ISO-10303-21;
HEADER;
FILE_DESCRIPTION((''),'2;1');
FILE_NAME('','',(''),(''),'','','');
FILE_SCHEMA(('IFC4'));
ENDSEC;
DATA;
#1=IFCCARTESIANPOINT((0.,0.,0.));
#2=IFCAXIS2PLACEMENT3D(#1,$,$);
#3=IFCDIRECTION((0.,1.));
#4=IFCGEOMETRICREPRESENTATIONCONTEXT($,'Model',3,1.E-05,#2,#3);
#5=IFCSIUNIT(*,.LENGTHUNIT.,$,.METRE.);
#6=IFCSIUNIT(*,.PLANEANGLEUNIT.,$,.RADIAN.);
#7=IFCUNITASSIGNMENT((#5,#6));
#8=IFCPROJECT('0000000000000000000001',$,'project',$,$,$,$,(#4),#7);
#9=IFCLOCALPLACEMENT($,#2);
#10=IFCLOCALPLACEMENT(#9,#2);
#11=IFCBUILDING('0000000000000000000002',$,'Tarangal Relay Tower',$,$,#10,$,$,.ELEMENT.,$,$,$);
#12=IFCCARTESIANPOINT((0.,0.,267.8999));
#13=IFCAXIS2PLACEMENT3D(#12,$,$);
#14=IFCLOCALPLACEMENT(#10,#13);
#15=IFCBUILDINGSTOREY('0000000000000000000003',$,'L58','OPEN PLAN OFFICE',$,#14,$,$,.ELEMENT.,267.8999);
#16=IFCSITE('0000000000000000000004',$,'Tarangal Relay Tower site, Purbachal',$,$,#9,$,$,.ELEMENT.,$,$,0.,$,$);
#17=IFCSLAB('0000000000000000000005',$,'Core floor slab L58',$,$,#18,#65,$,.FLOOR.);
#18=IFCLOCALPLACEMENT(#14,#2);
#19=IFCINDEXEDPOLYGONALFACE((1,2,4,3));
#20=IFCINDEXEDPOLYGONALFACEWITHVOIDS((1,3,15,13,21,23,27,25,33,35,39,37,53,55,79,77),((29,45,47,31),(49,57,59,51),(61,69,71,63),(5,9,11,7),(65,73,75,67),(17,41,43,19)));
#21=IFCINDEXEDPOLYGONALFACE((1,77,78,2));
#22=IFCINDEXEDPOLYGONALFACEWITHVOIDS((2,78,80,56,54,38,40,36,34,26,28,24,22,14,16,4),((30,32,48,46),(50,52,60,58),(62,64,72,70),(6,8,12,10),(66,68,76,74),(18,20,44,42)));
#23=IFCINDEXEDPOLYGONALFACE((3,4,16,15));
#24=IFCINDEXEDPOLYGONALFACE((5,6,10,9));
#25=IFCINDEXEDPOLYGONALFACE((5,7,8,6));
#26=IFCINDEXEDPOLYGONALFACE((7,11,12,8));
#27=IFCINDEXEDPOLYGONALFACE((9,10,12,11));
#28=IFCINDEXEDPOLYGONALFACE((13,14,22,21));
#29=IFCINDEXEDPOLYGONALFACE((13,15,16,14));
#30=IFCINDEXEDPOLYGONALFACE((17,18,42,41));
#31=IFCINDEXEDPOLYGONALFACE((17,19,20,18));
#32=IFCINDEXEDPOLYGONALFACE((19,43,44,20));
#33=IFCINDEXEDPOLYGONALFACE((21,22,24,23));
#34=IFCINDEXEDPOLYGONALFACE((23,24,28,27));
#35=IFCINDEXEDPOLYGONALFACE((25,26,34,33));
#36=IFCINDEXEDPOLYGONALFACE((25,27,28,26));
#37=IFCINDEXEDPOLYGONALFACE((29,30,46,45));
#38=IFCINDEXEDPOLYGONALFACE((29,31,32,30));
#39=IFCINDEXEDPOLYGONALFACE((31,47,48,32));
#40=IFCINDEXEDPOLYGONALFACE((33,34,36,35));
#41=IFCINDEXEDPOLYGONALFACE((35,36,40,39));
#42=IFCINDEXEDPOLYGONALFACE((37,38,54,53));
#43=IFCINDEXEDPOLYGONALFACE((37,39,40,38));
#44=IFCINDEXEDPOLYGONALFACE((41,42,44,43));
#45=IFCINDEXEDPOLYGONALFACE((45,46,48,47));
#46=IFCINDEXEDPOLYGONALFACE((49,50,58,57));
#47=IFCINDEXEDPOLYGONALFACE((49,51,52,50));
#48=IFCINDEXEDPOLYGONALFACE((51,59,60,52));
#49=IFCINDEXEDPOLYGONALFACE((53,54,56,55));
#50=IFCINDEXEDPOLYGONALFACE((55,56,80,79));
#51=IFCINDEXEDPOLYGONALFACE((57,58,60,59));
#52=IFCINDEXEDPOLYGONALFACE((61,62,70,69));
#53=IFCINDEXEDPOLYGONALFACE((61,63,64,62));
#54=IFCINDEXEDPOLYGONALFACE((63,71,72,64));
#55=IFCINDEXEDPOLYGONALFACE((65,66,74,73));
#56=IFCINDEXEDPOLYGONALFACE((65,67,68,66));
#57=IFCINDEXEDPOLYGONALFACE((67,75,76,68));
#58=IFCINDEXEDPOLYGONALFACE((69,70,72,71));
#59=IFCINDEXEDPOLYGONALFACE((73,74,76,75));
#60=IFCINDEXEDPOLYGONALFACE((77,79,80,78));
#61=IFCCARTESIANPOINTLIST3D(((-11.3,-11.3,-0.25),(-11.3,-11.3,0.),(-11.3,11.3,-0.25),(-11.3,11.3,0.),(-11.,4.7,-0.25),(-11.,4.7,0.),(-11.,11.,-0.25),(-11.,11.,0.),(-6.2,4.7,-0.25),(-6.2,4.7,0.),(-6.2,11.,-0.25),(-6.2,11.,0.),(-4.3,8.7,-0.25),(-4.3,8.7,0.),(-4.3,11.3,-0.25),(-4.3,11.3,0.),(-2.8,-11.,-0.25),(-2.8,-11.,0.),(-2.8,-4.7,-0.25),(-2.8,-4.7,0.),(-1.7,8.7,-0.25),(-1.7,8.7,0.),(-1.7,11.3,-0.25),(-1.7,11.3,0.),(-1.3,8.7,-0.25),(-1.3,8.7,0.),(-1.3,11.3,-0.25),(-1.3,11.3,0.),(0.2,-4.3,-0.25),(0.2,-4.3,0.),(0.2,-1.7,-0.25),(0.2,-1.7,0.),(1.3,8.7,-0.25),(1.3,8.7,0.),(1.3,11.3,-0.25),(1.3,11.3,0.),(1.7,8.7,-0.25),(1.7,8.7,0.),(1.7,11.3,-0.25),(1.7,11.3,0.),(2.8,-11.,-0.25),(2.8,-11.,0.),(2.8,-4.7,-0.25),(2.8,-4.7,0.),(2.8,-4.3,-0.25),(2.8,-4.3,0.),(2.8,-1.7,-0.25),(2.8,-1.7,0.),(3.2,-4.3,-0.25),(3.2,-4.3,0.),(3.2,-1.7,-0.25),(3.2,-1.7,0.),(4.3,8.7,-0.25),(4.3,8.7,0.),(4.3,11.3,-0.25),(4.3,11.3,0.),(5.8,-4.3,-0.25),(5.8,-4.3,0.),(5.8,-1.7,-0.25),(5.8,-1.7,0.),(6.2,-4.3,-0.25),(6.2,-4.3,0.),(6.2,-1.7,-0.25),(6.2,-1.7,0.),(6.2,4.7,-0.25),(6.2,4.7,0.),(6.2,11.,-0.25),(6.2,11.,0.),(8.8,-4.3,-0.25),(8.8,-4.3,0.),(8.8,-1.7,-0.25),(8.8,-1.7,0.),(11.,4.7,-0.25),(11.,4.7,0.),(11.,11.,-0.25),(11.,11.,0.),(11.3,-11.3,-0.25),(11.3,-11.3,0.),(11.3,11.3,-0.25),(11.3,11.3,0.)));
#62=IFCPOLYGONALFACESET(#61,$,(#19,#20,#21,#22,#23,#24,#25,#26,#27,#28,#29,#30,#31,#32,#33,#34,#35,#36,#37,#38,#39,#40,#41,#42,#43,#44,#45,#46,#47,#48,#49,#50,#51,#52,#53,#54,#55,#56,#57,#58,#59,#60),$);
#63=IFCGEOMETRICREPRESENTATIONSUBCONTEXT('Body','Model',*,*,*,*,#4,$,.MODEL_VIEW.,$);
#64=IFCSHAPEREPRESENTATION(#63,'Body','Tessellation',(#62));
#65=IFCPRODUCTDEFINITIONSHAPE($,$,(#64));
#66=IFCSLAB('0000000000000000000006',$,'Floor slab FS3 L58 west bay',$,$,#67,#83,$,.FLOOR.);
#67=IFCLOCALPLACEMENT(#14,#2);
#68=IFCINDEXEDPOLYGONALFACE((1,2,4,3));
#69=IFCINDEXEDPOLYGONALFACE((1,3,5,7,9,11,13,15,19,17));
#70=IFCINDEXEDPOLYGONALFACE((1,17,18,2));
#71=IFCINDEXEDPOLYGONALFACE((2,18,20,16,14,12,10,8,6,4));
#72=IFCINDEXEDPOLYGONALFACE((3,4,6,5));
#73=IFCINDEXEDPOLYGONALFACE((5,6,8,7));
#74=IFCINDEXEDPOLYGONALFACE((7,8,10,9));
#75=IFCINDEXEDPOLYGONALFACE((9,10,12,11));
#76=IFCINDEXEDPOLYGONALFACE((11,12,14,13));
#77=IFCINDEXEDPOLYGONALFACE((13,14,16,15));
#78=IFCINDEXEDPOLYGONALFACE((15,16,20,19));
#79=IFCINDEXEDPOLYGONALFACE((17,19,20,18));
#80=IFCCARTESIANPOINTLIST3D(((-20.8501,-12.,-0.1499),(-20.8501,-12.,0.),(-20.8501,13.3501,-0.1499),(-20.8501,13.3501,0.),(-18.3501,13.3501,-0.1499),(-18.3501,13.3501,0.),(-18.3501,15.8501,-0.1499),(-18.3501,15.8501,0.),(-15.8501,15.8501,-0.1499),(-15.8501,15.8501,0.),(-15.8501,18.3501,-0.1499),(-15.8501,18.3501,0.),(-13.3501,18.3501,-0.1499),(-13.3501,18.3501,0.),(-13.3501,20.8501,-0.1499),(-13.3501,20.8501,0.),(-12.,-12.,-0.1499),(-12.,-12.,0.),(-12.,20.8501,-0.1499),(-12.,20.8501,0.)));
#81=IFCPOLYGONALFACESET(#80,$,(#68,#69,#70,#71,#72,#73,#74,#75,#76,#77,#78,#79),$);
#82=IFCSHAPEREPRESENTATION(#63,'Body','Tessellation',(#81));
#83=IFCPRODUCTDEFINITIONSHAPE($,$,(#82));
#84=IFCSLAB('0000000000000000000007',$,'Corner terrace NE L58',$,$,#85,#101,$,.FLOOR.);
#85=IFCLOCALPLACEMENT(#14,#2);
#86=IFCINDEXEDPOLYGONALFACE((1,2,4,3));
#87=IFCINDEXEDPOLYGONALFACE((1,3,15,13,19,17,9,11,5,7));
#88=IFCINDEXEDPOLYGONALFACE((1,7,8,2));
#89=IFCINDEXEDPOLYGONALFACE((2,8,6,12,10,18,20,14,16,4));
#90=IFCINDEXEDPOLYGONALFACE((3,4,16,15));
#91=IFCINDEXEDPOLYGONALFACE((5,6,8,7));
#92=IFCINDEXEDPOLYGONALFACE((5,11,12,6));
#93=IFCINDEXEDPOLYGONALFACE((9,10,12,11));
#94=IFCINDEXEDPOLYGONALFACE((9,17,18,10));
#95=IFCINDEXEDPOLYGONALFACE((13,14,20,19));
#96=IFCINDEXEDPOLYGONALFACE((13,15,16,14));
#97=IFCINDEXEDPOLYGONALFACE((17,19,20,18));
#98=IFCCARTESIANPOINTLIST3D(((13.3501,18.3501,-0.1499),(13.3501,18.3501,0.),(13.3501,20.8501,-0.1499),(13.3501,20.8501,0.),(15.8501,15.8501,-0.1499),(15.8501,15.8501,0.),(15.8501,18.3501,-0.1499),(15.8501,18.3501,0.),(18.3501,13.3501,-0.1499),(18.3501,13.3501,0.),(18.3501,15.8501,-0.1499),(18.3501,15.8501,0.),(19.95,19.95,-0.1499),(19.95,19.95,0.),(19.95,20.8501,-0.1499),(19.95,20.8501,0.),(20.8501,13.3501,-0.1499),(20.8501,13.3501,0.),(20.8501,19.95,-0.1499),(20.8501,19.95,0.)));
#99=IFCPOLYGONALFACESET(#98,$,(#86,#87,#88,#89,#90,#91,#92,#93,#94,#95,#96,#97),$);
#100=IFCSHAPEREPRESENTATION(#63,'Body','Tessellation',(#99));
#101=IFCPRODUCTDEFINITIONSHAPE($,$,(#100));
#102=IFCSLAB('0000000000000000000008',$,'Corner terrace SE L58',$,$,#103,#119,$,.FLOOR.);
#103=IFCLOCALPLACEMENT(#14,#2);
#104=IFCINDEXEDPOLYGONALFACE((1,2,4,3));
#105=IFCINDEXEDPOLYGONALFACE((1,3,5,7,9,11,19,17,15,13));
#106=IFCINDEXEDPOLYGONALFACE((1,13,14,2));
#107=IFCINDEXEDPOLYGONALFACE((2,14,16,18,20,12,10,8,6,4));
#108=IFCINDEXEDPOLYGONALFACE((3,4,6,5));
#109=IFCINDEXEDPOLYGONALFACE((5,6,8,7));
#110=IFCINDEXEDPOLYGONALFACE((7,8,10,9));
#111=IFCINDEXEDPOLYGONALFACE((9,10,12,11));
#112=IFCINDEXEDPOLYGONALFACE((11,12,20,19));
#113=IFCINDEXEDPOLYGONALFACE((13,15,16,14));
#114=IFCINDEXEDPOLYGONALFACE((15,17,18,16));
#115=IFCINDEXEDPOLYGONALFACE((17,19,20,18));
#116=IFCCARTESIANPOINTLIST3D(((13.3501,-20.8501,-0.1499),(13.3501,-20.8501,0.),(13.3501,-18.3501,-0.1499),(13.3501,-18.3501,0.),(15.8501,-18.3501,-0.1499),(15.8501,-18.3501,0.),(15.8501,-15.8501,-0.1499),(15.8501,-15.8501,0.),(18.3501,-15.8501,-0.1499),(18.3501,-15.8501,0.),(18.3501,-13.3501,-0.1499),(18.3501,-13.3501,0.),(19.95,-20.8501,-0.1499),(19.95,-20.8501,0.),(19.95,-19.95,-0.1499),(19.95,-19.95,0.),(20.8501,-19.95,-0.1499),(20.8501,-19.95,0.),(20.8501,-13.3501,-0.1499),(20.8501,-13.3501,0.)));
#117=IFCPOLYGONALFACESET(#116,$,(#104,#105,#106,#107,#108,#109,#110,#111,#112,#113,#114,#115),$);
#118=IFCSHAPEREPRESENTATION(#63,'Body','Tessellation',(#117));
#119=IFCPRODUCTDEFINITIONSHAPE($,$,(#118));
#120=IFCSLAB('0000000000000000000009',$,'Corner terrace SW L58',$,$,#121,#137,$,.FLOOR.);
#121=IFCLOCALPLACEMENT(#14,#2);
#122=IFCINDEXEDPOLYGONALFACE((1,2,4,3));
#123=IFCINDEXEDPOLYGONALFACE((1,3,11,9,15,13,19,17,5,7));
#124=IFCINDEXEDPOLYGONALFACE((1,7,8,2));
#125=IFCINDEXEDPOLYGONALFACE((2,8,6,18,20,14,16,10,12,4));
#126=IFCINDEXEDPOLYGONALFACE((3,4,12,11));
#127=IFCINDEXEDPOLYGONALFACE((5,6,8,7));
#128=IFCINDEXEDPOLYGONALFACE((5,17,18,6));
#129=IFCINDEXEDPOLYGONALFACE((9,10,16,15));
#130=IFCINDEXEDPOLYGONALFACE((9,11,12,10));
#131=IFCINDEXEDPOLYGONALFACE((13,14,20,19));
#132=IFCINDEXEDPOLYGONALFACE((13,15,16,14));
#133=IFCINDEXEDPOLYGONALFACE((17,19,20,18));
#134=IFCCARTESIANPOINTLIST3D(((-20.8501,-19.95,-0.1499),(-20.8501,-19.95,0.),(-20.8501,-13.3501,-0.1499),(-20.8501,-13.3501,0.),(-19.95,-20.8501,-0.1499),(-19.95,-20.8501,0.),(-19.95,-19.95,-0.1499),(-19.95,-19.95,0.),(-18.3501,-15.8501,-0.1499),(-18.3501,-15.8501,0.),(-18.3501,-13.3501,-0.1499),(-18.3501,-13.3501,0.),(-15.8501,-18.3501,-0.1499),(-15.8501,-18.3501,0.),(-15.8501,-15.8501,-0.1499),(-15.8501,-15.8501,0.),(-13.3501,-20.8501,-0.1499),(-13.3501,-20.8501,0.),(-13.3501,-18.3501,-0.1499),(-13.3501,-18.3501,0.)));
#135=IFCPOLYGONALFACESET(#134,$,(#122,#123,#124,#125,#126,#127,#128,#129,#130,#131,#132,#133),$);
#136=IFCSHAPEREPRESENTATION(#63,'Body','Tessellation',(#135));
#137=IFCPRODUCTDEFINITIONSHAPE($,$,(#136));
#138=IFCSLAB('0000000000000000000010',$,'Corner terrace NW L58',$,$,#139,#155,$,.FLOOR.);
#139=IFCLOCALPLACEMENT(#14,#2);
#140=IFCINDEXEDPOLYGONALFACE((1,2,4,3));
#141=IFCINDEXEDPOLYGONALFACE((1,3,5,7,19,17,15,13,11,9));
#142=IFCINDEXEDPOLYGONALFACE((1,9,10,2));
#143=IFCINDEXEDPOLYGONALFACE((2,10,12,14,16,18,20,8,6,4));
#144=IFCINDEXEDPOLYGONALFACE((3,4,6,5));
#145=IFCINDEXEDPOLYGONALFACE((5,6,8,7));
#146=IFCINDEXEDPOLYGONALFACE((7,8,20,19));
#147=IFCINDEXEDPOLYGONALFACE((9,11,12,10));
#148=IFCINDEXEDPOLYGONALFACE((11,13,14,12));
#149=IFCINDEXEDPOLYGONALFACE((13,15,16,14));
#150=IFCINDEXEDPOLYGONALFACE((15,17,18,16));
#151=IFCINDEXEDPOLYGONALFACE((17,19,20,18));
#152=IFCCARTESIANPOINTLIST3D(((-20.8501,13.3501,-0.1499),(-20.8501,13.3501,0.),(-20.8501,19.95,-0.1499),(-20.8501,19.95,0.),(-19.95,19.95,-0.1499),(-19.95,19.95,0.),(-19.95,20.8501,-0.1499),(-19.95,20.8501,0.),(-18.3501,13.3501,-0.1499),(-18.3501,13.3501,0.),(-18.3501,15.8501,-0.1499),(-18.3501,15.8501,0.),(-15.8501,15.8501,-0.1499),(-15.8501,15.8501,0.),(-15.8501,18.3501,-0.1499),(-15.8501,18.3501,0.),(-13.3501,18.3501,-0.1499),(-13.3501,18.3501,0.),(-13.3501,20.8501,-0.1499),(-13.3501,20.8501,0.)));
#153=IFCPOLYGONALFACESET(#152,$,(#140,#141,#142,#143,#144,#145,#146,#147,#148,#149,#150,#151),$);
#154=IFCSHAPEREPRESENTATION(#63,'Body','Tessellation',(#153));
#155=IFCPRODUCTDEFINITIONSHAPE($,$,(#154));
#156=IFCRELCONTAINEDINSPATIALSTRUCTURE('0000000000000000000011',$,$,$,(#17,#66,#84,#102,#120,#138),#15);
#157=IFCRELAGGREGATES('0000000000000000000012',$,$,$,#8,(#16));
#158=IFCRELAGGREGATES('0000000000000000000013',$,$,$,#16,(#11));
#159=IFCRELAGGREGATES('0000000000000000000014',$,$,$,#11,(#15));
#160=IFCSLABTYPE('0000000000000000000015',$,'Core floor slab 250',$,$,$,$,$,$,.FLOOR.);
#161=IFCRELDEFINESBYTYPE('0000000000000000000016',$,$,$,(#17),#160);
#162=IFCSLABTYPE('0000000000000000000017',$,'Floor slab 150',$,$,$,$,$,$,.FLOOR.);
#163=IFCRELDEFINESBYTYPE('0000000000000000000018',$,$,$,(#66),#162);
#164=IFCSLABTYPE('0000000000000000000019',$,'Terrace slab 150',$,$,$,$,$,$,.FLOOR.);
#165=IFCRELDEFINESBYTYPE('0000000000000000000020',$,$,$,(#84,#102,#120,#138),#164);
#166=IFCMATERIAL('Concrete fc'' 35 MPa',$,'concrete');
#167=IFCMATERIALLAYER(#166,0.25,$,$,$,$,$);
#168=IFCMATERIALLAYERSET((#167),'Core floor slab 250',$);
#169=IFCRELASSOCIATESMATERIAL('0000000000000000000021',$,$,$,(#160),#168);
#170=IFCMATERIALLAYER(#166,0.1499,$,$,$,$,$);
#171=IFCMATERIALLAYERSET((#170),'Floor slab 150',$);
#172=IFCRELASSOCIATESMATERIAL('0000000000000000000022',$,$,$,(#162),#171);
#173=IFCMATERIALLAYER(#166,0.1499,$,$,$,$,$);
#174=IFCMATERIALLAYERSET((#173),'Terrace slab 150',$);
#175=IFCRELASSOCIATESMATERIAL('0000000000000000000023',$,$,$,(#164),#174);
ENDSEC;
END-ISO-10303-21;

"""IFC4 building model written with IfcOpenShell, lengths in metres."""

from ifc_helpers import new_model, si_unit, direction, frame, origin, place, context, subcontext, project, spatial, polyline, outline, extrude, material, layer, layer_set, type_object, element, save


model = new_model("IFC4")

# Units and contexts
model_context = context("Model", 3, precision=1e-05, world=origin(), true_north=direction((0.0, 1.0)))
body_context = subcontext(model_context, "Body", "Model", "MODEL_VIEW")
ifc_project = project(units=[si_unit("LENGTHUNIT", "METRE"), si_unit("PLANEANGLEUNIT", "RADIAN")], contexts=[model_context])

# Site, building, storey
site_placement = place(None, origin())
site = spatial("IfcSite", under=ifc_project, at=site_placement, Name="Tarangal Relay Tower site, Purbachal", CompositionType="ELEMENT", RefElevation=0.0)
building_placement = place(site_placement, origin())
building = spatial("IfcBuilding", under=site, at=building_placement, Name="Tarangal Relay Tower", CompositionType="ELEMENT")
storey_placement = place(building_placement, frame((0.0, 0.0, 267.8999)))
storey = spatial("IfcBuildingStorey", under=building, at=storey_placement, Name="L58", Description="OPEN PLAN OFFICE", CompositionType="ELEMENT", Elevation=267.8999)

# Slabs
ifc_material_1 = material(Name="Concrete fc' 35 MPa", Category="concrete")
ifc_layer_1 = layer(ifc_material_1, 0.25)
ifc_layer_set_1 = layer_set([ifc_layer_1], Name="Core floor slab 250")
slab_type_1 = type_object("IfcSlabType", Name="Core floor slab 250", PredefinedType="FLOOR", material=ifc_layer_set_1)
slab_1_placement = place(storey_placement, frame((0.0, 0.0, -0.25)))
element("IfcSlab", 1, at=slab_1_placement, inside=storey, type_object=slab_type_1, Name="Core floor slab L58", PredefinedType="FLOOR", context=body_context, shape_type="SweptSolid", body=[
    extrude(outline(polyline([(11.3, 11.3), (11.3, -11.3), (-11.3, -11.3), (-11.3, 11.3), (-4.3, 11.3), (-4.3, 8.7), (-1.7, 8.7), (-1.7, 11.3), (-1.3, 11.3), (-1.3, 8.7), (1.3, 8.7), (1.3, 11.3), (1.7, 11.3), (1.7, 8.7), (4.3, 8.7), (4.3, 11.3), (11.3, 11.3)]), holes=[polyline([(2.8, -4.7), (-2.8, -4.7), (-2.8, -11.0), (2.8, -11.0), (2.8, -4.7)]), polyline([(2.8, -1.7), (0.2, -1.7), (0.2, -4.3), (2.8, -4.3), (2.8, -1.7)]), polyline([(5.8, -1.7), (3.2, -1.7), (3.2, -4.3), (5.8, -4.3), (5.8, -1.7)]), polyline([(8.8, -1.7), (6.2, -1.7), (6.2, -4.3), (8.8, -4.3), (8.8, -1.7)]), polyline([(-6.2, 11.0), (-11.0, 11.0), (-11.0, 4.7), (-6.2, 4.7), (-6.2, 11.0)]), polyline([(11.0, 11.0), (6.2, 11.0), (6.2, 4.7), (11.0, 4.7), (11.0, 11.0)])]), origin(), (0.0, 0.0, 1.0), 0.25),
])
ifc_layer_2 = layer(ifc_material_1, 0.1499)
ifc_layer_set_2 = layer_set([ifc_layer_2], Name="Floor slab 150")
slab_type_2 = type_object("IfcSlabType", Name="Floor slab 150", PredefinedType="FLOOR", material=ifc_layer_set_2)
slab_2_placement = place(storey_placement, frame((0.0, 0.0, -0.1499)))
element("IfcSlab", 2, at=slab_2_placement, inside=storey, type_object=slab_type_2, Name="Floor slab FS3 L58 west bay", PredefinedType="FLOOR", context=body_context, shape_type="SweptSolid", body=[
    extrude(outline(polyline([(-12.0, 20.8501), (-12.0, -12.0), (-20.8501, -12.0), (-20.8501, 13.3501), (-18.3501, 13.3501), (-18.3501, 15.8501), (-15.8501, 15.8501), (-15.8501, 18.3501), (-13.3501, 18.3501), (-13.3501, 20.8501), (-12.0, 20.8501)])), origin(), (0.0, 0.0, 1.0), 0.1499),
])
ifc_layer_3 = layer(ifc_material_1, 0.1499)
ifc_layer_set_3 = layer_set([ifc_layer_3], Name="Terrace slab 150")
slab_type_3 = type_object("IfcSlabType", Name="Terrace slab 150", PredefinedType="FLOOR", material=ifc_layer_set_3)
slab_3_placement = place(storey_placement, frame((0.0, 0.0, -0.1499)))
element("IfcSlab", 3, at=slab_3_placement, inside=storey, type_object=slab_type_3, Name="Corner terrace NE L58", PredefinedType="FLOOR", context=body_context, shape_type="SweptSolid", body=[
    extrude(outline(polyline([(13.3501, 20.8501), (13.3501, 18.3501), (15.8501, 18.3501), (15.8501, 15.8501), (18.3501, 15.8501), (18.3501, 13.3501), (20.8501, 13.3501), (20.8501, 19.95), (19.95, 19.95), (19.95, 20.8501), (13.3501, 20.8501)])), origin(), (0.0, 0.0, 1.0), 0.1499),
])
slab_4_placement = place(storey_placement, frame((0.0, 0.0, -0.1499)))
element("IfcSlab", 4, at=slab_4_placement, inside=storey, type_object=slab_type_3, Name="Corner terrace SE L58", PredefinedType="FLOOR", context=body_context, shape_type="SweptSolid", body=[
    extrude(outline(polyline([(20.8501, -13.3501), (18.3501, -13.3501), (18.3501, -15.8501), (15.8501, -15.8501), (15.8501, -18.3501), (13.3501, -18.3501), (13.3501, -20.8501), (19.95, -20.8501), (19.95, -19.95), (20.8501, -19.95), (20.8501, -13.3501)])), origin(), (0.0, 0.0, 1.0), 0.1499),
])
slab_5_placement = place(storey_placement, frame((0.0, 0.0, -0.1499)))
element("IfcSlab", 5, at=slab_5_placement, inside=storey, type_object=slab_type_3, Name="Corner terrace SW L58", PredefinedType="FLOOR", context=body_context, shape_type="SweptSolid", body=[
    extrude(outline(polyline([(-13.3501, -20.8501), (-13.3501, -18.3501), (-15.8501, -18.3501), (-15.8501, -15.8501), (-18.3501, -15.8501), (-18.3501, -13.3501), (-20.8501, -13.3501), (-20.8501, -19.95), (-19.95, -19.95), (-19.95, -20.8501), (-13.3501, -20.8501)])), origin(), (0.0, 0.0, 1.0), 0.1499),
])
slab_6_placement = place(storey_placement, frame((0.0, 0.0, -0.1499)))
element("IfcSlab", 6, at=slab_6_placement, inside=storey, type_object=slab_type_3, Name="Corner terrace NW L58", PredefinedType="FLOOR", context=body_context, shape_type="SweptSolid", body=[
    extrude(outline(polyline([(-20.8501, 13.3501), (-18.3501, 13.3501), (-18.3501, 15.8501), (-15.8501, 15.8501), (-15.8501, 18.3501), (-13.3501, 18.3501), (-13.3501, 20.8501), (-19.95, 20.8501), (-19.95, 19.95), (-20.8501, 19.95), (-20.8501, 13.3501)])), origin(), (0.0, 0.0, 1.0), 0.1499),
])

save(model, "model.ifc")
